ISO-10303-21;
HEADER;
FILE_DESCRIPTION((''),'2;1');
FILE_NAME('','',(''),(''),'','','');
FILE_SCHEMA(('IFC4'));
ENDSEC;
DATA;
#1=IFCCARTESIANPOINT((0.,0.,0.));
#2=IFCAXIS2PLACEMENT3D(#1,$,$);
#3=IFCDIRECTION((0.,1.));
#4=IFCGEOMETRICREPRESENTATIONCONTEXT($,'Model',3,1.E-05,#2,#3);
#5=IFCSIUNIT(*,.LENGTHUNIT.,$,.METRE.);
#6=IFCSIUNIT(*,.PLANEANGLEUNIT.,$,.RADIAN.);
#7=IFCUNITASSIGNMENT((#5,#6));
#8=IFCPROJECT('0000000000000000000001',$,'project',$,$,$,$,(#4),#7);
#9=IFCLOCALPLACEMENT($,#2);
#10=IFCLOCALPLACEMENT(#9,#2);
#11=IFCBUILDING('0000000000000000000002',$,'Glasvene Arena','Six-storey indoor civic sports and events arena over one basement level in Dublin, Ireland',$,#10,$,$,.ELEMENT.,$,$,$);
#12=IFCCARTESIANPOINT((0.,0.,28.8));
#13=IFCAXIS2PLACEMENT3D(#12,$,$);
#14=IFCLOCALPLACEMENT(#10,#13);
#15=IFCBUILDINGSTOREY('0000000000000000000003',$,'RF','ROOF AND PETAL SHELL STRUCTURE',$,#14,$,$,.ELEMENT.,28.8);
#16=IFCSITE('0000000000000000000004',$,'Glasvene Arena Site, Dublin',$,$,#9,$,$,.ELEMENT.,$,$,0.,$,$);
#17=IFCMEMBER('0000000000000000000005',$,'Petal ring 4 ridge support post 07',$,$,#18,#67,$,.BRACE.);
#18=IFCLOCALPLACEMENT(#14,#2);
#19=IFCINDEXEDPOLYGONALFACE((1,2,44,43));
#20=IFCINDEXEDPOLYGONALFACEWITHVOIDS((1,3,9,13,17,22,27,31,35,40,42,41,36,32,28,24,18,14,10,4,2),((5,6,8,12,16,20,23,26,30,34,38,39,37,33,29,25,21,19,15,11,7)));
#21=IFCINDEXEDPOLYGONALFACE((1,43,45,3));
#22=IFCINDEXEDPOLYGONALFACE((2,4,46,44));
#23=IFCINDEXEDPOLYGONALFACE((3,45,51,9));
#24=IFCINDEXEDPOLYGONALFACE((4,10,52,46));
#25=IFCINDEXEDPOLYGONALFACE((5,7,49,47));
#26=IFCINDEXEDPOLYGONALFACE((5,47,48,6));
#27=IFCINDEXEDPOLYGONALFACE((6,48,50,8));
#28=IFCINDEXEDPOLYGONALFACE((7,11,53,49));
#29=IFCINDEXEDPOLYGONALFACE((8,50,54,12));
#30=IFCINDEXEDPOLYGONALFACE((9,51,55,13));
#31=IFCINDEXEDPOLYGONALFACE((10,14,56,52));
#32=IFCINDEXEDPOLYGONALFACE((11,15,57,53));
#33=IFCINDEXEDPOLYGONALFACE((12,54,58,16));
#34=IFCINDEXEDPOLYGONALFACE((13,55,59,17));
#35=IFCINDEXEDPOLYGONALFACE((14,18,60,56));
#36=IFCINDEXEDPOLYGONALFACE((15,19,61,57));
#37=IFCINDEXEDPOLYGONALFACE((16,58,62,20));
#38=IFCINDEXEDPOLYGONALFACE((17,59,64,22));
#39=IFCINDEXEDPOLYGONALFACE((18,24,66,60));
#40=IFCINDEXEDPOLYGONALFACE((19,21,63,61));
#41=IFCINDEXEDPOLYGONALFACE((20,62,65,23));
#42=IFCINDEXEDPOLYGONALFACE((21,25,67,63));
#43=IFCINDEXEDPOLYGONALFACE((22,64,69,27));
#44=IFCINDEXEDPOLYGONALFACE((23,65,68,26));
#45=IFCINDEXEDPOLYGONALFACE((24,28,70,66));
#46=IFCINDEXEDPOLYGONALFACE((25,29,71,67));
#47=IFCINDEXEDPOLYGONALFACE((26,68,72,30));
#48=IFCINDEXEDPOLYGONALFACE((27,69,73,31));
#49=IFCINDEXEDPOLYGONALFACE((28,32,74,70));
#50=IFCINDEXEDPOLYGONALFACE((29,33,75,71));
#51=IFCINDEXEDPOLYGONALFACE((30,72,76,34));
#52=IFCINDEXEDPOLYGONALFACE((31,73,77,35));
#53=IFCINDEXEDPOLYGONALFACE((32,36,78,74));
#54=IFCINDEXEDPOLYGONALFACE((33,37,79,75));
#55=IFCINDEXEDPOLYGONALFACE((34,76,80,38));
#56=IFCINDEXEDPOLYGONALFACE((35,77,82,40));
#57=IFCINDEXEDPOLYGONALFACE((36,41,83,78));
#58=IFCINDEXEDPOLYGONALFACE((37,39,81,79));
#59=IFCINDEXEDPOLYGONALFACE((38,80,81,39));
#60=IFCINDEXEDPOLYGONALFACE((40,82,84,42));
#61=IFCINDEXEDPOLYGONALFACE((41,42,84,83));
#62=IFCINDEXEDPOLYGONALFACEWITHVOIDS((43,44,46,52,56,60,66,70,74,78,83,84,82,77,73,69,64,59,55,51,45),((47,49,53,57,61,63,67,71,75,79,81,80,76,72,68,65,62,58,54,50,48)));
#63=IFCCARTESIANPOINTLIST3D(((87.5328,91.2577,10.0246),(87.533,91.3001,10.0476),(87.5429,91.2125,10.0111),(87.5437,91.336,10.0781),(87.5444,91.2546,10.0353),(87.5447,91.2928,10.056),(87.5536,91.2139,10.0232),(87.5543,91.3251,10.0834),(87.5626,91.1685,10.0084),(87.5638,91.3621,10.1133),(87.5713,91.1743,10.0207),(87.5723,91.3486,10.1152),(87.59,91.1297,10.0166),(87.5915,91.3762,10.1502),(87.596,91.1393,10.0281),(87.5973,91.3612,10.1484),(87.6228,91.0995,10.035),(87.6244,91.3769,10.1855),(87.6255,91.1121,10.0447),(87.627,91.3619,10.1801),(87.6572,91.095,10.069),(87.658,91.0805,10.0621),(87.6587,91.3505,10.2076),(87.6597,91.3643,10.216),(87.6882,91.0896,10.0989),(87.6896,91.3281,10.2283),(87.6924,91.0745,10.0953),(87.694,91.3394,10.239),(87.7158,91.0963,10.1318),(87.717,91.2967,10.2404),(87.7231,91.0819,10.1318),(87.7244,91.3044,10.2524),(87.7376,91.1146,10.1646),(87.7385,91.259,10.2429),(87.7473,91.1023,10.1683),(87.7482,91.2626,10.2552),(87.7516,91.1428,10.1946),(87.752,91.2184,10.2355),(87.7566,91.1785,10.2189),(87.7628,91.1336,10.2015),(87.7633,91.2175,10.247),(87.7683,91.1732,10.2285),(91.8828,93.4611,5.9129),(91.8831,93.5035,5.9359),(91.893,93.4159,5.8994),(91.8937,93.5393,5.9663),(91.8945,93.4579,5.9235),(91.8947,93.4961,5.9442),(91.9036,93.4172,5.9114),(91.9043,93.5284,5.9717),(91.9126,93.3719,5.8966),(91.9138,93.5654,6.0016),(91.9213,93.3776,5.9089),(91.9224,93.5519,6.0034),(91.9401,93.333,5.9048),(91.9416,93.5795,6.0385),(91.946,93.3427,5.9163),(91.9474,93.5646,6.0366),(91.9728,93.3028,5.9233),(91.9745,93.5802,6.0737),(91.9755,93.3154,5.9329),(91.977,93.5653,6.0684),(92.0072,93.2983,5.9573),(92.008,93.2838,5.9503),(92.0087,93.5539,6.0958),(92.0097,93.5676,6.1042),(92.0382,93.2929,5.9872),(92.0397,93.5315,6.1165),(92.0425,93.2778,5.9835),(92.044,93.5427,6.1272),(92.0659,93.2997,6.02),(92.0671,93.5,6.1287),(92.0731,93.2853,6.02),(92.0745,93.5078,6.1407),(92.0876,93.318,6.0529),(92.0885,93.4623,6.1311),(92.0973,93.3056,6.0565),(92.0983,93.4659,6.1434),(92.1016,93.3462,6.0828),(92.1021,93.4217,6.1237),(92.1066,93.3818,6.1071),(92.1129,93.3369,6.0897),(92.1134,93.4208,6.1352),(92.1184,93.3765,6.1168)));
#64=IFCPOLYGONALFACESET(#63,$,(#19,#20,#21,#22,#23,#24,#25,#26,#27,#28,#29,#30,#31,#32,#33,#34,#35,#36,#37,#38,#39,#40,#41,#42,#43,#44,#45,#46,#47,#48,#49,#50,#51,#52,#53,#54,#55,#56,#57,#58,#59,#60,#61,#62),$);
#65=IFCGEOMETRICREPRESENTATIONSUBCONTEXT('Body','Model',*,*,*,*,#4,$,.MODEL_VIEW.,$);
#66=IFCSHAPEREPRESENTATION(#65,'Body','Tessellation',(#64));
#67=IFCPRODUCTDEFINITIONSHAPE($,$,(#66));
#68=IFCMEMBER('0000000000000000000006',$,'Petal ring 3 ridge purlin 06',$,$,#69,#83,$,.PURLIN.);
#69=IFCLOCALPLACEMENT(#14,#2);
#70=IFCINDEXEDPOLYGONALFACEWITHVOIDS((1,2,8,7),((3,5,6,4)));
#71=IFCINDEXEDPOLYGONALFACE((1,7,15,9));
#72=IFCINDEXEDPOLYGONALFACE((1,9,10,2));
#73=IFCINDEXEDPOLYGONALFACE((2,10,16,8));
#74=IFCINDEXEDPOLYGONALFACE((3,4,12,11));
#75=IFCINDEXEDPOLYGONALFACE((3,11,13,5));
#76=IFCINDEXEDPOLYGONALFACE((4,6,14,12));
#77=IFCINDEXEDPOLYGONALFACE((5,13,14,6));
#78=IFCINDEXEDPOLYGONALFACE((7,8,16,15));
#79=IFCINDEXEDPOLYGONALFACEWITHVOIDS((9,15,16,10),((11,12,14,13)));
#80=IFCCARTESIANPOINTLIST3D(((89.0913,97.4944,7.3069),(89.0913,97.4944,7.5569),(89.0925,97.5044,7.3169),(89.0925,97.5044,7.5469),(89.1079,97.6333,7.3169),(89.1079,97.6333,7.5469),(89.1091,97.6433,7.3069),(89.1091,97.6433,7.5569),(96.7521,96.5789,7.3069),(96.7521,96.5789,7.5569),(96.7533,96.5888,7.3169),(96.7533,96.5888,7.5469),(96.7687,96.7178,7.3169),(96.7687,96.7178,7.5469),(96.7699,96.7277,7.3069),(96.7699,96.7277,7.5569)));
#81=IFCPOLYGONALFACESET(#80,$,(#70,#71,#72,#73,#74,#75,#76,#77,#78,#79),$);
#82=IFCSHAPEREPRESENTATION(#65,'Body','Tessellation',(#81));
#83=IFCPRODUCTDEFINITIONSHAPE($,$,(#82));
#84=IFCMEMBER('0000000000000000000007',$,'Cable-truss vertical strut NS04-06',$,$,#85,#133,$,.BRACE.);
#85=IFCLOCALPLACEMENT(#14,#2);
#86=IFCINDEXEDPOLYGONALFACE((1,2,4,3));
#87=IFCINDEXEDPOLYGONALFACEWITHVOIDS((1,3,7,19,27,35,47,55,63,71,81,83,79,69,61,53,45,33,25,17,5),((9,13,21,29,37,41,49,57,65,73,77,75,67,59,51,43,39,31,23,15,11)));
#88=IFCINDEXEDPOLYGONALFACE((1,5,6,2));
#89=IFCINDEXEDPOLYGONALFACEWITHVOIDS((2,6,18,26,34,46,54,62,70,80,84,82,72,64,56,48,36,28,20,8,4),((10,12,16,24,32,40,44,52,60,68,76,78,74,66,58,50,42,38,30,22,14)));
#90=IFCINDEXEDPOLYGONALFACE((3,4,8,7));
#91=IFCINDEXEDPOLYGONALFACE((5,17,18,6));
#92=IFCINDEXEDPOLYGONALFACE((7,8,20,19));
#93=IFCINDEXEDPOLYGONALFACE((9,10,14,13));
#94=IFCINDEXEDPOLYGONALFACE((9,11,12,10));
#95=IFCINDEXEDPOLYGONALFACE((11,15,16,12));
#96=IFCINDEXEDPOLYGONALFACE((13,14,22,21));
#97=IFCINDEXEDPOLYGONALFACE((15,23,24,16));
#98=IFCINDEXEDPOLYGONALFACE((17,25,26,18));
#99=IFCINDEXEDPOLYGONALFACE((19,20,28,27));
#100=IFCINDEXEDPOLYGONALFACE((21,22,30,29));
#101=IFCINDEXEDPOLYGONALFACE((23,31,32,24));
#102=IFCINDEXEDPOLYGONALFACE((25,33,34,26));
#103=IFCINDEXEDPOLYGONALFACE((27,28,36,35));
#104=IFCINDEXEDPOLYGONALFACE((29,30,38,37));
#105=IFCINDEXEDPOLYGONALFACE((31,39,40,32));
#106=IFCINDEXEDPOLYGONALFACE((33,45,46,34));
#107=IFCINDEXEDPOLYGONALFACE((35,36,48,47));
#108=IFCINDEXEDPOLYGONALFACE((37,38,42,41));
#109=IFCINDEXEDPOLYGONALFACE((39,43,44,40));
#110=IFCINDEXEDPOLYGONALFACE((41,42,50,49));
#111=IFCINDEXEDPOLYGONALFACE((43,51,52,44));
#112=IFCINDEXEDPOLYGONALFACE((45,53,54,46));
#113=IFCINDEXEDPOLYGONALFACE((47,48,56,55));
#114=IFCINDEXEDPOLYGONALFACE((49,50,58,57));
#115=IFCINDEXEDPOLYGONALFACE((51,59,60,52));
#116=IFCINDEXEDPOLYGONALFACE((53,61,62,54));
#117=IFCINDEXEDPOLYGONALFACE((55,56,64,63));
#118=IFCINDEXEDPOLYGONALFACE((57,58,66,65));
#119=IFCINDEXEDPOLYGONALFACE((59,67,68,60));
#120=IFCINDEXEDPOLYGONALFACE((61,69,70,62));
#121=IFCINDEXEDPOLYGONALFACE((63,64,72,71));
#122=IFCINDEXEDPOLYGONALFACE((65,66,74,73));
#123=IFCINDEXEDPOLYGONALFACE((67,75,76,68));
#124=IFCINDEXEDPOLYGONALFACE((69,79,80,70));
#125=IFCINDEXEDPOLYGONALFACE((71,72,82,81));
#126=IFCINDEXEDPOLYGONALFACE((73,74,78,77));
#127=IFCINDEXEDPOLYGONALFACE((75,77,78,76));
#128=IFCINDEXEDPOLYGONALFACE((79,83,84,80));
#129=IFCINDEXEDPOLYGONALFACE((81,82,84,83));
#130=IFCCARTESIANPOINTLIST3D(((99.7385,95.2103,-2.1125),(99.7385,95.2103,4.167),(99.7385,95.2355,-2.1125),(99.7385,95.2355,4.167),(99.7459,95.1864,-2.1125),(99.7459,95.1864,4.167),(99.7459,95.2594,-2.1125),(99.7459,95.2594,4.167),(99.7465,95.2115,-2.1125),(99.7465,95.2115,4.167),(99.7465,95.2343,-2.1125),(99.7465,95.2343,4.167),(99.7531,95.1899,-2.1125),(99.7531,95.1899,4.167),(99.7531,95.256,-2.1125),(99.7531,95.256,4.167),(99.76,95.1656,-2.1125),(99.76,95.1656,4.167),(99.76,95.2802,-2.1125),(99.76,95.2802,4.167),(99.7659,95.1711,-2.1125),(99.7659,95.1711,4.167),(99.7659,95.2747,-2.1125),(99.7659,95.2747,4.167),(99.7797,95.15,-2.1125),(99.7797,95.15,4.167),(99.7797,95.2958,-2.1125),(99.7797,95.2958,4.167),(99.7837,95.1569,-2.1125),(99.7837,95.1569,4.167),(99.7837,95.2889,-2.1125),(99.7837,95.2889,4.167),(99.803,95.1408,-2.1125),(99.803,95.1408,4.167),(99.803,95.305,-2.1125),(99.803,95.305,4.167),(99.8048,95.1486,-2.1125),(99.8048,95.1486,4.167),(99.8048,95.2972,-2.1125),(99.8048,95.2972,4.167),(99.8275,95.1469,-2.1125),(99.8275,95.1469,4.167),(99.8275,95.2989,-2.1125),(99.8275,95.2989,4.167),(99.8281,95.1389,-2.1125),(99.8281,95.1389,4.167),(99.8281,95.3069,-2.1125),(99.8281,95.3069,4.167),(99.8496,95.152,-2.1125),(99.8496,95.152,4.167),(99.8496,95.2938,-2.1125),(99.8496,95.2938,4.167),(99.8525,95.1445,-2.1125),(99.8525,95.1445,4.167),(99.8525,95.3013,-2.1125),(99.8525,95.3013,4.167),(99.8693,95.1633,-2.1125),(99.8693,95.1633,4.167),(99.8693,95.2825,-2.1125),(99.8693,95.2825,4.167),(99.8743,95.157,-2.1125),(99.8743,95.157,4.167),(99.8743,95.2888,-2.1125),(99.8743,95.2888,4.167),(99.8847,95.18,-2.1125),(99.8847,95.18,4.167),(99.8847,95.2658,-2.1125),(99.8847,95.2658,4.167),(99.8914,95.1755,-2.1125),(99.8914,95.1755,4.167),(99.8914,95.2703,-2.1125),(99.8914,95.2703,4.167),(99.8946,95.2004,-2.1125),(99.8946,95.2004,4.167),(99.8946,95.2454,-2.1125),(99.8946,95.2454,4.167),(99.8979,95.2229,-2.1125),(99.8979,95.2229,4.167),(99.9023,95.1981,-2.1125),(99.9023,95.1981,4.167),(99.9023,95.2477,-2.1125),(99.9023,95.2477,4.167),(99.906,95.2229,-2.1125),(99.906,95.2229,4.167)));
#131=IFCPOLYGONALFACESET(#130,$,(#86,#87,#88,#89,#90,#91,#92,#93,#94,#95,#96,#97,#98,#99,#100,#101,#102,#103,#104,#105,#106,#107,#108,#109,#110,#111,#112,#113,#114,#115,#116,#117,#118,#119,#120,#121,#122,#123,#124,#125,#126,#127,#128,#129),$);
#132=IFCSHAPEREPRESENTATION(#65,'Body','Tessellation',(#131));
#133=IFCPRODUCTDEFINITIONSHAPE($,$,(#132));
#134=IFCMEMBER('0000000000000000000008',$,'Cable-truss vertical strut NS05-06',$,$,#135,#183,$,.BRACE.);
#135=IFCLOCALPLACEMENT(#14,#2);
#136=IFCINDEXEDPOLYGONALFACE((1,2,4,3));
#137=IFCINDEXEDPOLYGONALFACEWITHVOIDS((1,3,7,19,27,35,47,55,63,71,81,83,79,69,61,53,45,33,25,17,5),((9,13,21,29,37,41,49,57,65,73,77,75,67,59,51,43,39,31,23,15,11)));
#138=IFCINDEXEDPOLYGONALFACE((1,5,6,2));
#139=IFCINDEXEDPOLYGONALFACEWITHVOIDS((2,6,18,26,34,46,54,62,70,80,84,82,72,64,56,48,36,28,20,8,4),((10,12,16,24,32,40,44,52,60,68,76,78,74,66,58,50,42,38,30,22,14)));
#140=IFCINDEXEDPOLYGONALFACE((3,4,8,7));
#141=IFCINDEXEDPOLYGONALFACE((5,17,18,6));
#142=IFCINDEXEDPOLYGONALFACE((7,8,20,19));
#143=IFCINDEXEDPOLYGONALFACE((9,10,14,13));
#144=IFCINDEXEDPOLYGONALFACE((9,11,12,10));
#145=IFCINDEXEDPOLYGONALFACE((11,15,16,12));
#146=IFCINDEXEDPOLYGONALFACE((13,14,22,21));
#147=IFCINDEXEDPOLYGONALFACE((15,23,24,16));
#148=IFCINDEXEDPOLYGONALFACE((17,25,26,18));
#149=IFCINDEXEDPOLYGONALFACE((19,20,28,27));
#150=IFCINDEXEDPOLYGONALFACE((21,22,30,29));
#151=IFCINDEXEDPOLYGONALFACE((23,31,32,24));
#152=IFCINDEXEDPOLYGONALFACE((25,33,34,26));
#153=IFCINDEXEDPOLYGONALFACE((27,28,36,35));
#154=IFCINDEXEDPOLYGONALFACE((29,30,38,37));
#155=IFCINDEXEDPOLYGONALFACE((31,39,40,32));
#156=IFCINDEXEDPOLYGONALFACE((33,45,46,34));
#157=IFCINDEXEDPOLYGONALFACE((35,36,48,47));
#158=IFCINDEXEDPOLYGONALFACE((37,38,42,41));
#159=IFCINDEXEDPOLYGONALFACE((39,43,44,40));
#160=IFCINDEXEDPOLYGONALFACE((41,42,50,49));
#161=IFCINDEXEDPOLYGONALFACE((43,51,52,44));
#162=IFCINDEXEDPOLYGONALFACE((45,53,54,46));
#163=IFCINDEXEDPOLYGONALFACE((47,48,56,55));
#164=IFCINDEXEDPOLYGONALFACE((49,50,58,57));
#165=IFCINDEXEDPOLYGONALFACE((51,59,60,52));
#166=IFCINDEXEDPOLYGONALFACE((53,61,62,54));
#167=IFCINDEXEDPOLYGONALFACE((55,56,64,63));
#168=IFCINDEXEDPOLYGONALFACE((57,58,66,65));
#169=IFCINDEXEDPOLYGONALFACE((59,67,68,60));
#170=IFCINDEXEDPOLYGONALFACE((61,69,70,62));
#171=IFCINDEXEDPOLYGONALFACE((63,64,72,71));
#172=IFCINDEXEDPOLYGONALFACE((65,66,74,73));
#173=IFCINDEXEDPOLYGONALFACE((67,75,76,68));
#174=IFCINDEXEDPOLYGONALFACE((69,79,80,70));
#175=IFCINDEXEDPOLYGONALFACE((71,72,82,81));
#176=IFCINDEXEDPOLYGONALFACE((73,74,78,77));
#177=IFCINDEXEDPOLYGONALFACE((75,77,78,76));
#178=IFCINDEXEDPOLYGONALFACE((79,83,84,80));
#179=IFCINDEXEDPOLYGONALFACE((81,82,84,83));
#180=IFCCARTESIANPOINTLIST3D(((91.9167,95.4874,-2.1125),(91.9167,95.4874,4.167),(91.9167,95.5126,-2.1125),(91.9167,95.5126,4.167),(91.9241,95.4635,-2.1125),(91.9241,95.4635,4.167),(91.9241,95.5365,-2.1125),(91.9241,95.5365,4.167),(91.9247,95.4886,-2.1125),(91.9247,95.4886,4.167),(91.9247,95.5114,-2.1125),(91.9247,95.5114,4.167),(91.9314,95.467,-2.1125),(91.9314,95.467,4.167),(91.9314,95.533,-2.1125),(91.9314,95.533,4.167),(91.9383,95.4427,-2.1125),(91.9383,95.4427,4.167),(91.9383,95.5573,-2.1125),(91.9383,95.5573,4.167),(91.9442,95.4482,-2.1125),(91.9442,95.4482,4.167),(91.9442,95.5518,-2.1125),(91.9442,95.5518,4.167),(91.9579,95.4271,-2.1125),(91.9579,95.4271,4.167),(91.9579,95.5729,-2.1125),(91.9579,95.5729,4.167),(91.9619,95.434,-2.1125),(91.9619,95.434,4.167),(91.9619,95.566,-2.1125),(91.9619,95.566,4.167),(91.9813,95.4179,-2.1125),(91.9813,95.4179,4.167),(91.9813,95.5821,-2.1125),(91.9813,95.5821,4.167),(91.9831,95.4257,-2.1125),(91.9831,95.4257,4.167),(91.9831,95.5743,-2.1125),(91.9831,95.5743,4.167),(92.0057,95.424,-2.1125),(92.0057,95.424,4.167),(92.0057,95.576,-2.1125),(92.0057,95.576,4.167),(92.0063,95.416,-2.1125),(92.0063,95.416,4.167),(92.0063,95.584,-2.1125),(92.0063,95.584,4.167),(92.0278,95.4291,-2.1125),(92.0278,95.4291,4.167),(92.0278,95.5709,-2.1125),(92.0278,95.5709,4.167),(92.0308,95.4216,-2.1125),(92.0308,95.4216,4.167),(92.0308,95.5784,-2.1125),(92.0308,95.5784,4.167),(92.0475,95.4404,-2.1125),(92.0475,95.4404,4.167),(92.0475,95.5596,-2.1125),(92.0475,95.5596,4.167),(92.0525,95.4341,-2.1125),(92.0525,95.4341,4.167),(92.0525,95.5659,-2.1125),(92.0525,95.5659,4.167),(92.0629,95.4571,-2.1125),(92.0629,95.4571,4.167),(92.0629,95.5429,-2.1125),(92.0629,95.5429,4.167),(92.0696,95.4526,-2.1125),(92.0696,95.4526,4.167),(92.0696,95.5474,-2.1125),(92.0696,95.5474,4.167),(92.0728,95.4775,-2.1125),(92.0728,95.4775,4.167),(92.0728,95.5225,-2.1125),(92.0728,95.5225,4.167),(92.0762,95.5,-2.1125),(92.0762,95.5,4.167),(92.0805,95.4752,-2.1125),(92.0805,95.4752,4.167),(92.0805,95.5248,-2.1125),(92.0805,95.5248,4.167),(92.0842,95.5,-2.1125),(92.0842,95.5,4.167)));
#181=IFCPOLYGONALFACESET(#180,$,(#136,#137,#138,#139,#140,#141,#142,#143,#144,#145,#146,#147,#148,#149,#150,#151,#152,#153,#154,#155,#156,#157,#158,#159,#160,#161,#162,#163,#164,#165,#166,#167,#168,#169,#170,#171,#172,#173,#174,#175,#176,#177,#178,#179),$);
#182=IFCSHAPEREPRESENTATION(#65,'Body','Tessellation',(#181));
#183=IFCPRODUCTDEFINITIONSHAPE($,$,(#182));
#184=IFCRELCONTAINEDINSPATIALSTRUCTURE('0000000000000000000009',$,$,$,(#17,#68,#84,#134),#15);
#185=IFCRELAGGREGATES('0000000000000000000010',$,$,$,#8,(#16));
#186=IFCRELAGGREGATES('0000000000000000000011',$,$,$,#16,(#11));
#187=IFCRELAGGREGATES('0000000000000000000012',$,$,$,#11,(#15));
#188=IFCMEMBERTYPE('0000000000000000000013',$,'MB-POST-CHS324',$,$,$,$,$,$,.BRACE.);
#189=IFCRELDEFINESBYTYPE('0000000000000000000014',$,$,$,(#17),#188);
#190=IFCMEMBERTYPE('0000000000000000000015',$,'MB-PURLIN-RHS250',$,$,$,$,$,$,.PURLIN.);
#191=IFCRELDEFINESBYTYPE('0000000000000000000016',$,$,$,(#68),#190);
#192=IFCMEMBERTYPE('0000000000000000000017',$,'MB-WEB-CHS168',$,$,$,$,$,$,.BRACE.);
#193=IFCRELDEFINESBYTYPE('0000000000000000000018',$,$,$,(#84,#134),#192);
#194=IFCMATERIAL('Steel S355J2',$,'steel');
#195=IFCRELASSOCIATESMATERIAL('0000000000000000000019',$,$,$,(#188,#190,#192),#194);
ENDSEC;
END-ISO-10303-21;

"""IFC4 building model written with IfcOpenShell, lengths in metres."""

from ifc_helpers import new_model, si_unit, direction, frame, origin, origin_2d, place, context, subcontext, project, spatial, hollow_rectangle, hollow_circle, extrude, material, material_profile, profile_set, type_object, element, save


model = new_model("IFC4")

# Units and contexts
model_context = context("Model", 3, precision=1e-05, world=origin(), true_north=direction((0.0, 1.0)))
body_context = subcontext(model_context, "Body", "Model", "MODEL_VIEW")
ifc_project = project(units=[si_unit("LENGTHUNIT", "METRE"), si_unit("PLANEANGLEUNIT", "RADIAN")], contexts=[model_context])

# Site, building, storey
site_placement = place(None, origin())
site = spatial("IfcSite", under=ifc_project, at=site_placement, Name="Glasvene Arena Site, Dublin", CompositionType="ELEMENT", RefElevation=0.0)
building_placement = place(site_placement, origin())
building = spatial("IfcBuilding", under=site, at=building_placement, Name="Glasvene Arena", Description="Six-storey indoor civic sports and events arena over one basement level in Dublin, Ireland", CompositionType="ELEMENT")
storey_placement = place(building_placement, frame((0.0, 0.0, 28.8)))
storey = spatial("IfcBuildingStorey", under=building, at=storey_placement, Name="RF", Description="ROOF AND PETAL SHELL STRUCTURE", CompositionType="ELEMENT", Elevation=28.8)

# Members
ifc_material_1 = material(Name="Steel S355J2", Category="steel")
ifc_material_profile_1 = material_profile(ifc_material_1, hollow_circle(Radius=0.1619, WallThickness=0.0161, at=origin_2d()), Name="CHS 323.9x16.0")
ifc_profile_set_1 = profile_set([ifc_material_profile_1], Name="Steel S355J2")
member_type_1 = type_object("IfcMemberType", Name="MB-POST-CHS324", PredefinedType="BRACE", material=ifc_profile_set_1)
member_1_placement = place(storey_placement, frame((92.0, 93.4297, 6.02), z_axis=(-0.681994, -0.345437, 0.644637), x_axis=(0.451854, -0.892092, 0.0)))
element("IfcMember", 1, at=member_1_placement, inside=storey, type_object=member_type_1, Name="Petal ring 4 ridge support post 07", PredefinedType="BRACE", context=body_context, shape_type="SweptSolid", body=[
    extrude(hollow_circle(Radius=0.1619, WallThickness=0.0161, at=origin_2d()), origin(), (0.0, 0.0, 1.0), 6.3784),
])
ifc_material_profile_2 = material_profile(ifc_material_1, hollow_rectangle(XDim=0.1499, YDim=0.25, WallThickness=0.01, at=origin_2d()), Name="RHS 250x150x10.0")
ifc_profile_set_2 = profile_set([ifc_material_profile_2], Name="Steel S355J2")
member_type_2 = type_object("IfcMemberType", Name="MB-PURLIN-RHS250", PredefinedType="PURLIN", material=ifc_profile_set_2)
member_2_placement = place(storey_placement, frame((96.761, 96.6533, 7.4319), z_axis=(-0.992935, 0.118662, 0.0), x_axis=(-0.118662, -0.992935, 0.0)))
element("IfcMember", 2, at=member_2_placement, inside=storey, type_object=member_type_2, Name="Petal ring 3 ridge purlin 06", PredefinedType="PURLIN", context=body_context, shape_type="SweptSolid", body=[
    extrude(hollow_rectangle(XDim=0.1499, YDim=0.25, WallThickness=0.01, at=origin_2d()), origin(), (0.0, 0.0, 1.0), 7.7153),
])
ifc_material_profile_3 = material_profile(ifc_material_1, hollow_circle(Radius=0.0842, WallThickness=0.0081, at=origin_2d()), Name="CHS 168.3x8.0")
ifc_profile_set_3 = profile_set([ifc_material_profile_3], Name="Steel S355J2")
member_type_3 = type_object("IfcMemberType", Name="MB-WEB-CHS168", PredefinedType="BRACE", material=ifc_profile_set_3)
for number, where, z_axis, x_axis, name in (
    (3, (99.8218, 95.2229, -2.1125), (0.0, 0.0, 1.0), (1.0, 0.0, 0.0), "Cable-truss vertical strut NS04-06"),
    (4, (92.0, 95.5, -2.1125), (0.0, 0.0, 1.0), (1.0, 0.0, 0.0), "Cable-truss vertical strut NS05-06"),
):
    element("IfcMember", number, at=place(storey_placement, frame(where, z_axis=z_axis, x_axis=x_axis)), inside=storey, type_object=member_type_3, Name=name, PredefinedType="BRACE", context=body_context, shape_type="SweptSolid", body=[
        extrude(hollow_circle(Radius=0.0842, WallThickness=0.0081, at=origin_2d()), origin(), (0.0, 0.0, 1.0), 6.2795),
    ])

save(model, "model.ifc")
